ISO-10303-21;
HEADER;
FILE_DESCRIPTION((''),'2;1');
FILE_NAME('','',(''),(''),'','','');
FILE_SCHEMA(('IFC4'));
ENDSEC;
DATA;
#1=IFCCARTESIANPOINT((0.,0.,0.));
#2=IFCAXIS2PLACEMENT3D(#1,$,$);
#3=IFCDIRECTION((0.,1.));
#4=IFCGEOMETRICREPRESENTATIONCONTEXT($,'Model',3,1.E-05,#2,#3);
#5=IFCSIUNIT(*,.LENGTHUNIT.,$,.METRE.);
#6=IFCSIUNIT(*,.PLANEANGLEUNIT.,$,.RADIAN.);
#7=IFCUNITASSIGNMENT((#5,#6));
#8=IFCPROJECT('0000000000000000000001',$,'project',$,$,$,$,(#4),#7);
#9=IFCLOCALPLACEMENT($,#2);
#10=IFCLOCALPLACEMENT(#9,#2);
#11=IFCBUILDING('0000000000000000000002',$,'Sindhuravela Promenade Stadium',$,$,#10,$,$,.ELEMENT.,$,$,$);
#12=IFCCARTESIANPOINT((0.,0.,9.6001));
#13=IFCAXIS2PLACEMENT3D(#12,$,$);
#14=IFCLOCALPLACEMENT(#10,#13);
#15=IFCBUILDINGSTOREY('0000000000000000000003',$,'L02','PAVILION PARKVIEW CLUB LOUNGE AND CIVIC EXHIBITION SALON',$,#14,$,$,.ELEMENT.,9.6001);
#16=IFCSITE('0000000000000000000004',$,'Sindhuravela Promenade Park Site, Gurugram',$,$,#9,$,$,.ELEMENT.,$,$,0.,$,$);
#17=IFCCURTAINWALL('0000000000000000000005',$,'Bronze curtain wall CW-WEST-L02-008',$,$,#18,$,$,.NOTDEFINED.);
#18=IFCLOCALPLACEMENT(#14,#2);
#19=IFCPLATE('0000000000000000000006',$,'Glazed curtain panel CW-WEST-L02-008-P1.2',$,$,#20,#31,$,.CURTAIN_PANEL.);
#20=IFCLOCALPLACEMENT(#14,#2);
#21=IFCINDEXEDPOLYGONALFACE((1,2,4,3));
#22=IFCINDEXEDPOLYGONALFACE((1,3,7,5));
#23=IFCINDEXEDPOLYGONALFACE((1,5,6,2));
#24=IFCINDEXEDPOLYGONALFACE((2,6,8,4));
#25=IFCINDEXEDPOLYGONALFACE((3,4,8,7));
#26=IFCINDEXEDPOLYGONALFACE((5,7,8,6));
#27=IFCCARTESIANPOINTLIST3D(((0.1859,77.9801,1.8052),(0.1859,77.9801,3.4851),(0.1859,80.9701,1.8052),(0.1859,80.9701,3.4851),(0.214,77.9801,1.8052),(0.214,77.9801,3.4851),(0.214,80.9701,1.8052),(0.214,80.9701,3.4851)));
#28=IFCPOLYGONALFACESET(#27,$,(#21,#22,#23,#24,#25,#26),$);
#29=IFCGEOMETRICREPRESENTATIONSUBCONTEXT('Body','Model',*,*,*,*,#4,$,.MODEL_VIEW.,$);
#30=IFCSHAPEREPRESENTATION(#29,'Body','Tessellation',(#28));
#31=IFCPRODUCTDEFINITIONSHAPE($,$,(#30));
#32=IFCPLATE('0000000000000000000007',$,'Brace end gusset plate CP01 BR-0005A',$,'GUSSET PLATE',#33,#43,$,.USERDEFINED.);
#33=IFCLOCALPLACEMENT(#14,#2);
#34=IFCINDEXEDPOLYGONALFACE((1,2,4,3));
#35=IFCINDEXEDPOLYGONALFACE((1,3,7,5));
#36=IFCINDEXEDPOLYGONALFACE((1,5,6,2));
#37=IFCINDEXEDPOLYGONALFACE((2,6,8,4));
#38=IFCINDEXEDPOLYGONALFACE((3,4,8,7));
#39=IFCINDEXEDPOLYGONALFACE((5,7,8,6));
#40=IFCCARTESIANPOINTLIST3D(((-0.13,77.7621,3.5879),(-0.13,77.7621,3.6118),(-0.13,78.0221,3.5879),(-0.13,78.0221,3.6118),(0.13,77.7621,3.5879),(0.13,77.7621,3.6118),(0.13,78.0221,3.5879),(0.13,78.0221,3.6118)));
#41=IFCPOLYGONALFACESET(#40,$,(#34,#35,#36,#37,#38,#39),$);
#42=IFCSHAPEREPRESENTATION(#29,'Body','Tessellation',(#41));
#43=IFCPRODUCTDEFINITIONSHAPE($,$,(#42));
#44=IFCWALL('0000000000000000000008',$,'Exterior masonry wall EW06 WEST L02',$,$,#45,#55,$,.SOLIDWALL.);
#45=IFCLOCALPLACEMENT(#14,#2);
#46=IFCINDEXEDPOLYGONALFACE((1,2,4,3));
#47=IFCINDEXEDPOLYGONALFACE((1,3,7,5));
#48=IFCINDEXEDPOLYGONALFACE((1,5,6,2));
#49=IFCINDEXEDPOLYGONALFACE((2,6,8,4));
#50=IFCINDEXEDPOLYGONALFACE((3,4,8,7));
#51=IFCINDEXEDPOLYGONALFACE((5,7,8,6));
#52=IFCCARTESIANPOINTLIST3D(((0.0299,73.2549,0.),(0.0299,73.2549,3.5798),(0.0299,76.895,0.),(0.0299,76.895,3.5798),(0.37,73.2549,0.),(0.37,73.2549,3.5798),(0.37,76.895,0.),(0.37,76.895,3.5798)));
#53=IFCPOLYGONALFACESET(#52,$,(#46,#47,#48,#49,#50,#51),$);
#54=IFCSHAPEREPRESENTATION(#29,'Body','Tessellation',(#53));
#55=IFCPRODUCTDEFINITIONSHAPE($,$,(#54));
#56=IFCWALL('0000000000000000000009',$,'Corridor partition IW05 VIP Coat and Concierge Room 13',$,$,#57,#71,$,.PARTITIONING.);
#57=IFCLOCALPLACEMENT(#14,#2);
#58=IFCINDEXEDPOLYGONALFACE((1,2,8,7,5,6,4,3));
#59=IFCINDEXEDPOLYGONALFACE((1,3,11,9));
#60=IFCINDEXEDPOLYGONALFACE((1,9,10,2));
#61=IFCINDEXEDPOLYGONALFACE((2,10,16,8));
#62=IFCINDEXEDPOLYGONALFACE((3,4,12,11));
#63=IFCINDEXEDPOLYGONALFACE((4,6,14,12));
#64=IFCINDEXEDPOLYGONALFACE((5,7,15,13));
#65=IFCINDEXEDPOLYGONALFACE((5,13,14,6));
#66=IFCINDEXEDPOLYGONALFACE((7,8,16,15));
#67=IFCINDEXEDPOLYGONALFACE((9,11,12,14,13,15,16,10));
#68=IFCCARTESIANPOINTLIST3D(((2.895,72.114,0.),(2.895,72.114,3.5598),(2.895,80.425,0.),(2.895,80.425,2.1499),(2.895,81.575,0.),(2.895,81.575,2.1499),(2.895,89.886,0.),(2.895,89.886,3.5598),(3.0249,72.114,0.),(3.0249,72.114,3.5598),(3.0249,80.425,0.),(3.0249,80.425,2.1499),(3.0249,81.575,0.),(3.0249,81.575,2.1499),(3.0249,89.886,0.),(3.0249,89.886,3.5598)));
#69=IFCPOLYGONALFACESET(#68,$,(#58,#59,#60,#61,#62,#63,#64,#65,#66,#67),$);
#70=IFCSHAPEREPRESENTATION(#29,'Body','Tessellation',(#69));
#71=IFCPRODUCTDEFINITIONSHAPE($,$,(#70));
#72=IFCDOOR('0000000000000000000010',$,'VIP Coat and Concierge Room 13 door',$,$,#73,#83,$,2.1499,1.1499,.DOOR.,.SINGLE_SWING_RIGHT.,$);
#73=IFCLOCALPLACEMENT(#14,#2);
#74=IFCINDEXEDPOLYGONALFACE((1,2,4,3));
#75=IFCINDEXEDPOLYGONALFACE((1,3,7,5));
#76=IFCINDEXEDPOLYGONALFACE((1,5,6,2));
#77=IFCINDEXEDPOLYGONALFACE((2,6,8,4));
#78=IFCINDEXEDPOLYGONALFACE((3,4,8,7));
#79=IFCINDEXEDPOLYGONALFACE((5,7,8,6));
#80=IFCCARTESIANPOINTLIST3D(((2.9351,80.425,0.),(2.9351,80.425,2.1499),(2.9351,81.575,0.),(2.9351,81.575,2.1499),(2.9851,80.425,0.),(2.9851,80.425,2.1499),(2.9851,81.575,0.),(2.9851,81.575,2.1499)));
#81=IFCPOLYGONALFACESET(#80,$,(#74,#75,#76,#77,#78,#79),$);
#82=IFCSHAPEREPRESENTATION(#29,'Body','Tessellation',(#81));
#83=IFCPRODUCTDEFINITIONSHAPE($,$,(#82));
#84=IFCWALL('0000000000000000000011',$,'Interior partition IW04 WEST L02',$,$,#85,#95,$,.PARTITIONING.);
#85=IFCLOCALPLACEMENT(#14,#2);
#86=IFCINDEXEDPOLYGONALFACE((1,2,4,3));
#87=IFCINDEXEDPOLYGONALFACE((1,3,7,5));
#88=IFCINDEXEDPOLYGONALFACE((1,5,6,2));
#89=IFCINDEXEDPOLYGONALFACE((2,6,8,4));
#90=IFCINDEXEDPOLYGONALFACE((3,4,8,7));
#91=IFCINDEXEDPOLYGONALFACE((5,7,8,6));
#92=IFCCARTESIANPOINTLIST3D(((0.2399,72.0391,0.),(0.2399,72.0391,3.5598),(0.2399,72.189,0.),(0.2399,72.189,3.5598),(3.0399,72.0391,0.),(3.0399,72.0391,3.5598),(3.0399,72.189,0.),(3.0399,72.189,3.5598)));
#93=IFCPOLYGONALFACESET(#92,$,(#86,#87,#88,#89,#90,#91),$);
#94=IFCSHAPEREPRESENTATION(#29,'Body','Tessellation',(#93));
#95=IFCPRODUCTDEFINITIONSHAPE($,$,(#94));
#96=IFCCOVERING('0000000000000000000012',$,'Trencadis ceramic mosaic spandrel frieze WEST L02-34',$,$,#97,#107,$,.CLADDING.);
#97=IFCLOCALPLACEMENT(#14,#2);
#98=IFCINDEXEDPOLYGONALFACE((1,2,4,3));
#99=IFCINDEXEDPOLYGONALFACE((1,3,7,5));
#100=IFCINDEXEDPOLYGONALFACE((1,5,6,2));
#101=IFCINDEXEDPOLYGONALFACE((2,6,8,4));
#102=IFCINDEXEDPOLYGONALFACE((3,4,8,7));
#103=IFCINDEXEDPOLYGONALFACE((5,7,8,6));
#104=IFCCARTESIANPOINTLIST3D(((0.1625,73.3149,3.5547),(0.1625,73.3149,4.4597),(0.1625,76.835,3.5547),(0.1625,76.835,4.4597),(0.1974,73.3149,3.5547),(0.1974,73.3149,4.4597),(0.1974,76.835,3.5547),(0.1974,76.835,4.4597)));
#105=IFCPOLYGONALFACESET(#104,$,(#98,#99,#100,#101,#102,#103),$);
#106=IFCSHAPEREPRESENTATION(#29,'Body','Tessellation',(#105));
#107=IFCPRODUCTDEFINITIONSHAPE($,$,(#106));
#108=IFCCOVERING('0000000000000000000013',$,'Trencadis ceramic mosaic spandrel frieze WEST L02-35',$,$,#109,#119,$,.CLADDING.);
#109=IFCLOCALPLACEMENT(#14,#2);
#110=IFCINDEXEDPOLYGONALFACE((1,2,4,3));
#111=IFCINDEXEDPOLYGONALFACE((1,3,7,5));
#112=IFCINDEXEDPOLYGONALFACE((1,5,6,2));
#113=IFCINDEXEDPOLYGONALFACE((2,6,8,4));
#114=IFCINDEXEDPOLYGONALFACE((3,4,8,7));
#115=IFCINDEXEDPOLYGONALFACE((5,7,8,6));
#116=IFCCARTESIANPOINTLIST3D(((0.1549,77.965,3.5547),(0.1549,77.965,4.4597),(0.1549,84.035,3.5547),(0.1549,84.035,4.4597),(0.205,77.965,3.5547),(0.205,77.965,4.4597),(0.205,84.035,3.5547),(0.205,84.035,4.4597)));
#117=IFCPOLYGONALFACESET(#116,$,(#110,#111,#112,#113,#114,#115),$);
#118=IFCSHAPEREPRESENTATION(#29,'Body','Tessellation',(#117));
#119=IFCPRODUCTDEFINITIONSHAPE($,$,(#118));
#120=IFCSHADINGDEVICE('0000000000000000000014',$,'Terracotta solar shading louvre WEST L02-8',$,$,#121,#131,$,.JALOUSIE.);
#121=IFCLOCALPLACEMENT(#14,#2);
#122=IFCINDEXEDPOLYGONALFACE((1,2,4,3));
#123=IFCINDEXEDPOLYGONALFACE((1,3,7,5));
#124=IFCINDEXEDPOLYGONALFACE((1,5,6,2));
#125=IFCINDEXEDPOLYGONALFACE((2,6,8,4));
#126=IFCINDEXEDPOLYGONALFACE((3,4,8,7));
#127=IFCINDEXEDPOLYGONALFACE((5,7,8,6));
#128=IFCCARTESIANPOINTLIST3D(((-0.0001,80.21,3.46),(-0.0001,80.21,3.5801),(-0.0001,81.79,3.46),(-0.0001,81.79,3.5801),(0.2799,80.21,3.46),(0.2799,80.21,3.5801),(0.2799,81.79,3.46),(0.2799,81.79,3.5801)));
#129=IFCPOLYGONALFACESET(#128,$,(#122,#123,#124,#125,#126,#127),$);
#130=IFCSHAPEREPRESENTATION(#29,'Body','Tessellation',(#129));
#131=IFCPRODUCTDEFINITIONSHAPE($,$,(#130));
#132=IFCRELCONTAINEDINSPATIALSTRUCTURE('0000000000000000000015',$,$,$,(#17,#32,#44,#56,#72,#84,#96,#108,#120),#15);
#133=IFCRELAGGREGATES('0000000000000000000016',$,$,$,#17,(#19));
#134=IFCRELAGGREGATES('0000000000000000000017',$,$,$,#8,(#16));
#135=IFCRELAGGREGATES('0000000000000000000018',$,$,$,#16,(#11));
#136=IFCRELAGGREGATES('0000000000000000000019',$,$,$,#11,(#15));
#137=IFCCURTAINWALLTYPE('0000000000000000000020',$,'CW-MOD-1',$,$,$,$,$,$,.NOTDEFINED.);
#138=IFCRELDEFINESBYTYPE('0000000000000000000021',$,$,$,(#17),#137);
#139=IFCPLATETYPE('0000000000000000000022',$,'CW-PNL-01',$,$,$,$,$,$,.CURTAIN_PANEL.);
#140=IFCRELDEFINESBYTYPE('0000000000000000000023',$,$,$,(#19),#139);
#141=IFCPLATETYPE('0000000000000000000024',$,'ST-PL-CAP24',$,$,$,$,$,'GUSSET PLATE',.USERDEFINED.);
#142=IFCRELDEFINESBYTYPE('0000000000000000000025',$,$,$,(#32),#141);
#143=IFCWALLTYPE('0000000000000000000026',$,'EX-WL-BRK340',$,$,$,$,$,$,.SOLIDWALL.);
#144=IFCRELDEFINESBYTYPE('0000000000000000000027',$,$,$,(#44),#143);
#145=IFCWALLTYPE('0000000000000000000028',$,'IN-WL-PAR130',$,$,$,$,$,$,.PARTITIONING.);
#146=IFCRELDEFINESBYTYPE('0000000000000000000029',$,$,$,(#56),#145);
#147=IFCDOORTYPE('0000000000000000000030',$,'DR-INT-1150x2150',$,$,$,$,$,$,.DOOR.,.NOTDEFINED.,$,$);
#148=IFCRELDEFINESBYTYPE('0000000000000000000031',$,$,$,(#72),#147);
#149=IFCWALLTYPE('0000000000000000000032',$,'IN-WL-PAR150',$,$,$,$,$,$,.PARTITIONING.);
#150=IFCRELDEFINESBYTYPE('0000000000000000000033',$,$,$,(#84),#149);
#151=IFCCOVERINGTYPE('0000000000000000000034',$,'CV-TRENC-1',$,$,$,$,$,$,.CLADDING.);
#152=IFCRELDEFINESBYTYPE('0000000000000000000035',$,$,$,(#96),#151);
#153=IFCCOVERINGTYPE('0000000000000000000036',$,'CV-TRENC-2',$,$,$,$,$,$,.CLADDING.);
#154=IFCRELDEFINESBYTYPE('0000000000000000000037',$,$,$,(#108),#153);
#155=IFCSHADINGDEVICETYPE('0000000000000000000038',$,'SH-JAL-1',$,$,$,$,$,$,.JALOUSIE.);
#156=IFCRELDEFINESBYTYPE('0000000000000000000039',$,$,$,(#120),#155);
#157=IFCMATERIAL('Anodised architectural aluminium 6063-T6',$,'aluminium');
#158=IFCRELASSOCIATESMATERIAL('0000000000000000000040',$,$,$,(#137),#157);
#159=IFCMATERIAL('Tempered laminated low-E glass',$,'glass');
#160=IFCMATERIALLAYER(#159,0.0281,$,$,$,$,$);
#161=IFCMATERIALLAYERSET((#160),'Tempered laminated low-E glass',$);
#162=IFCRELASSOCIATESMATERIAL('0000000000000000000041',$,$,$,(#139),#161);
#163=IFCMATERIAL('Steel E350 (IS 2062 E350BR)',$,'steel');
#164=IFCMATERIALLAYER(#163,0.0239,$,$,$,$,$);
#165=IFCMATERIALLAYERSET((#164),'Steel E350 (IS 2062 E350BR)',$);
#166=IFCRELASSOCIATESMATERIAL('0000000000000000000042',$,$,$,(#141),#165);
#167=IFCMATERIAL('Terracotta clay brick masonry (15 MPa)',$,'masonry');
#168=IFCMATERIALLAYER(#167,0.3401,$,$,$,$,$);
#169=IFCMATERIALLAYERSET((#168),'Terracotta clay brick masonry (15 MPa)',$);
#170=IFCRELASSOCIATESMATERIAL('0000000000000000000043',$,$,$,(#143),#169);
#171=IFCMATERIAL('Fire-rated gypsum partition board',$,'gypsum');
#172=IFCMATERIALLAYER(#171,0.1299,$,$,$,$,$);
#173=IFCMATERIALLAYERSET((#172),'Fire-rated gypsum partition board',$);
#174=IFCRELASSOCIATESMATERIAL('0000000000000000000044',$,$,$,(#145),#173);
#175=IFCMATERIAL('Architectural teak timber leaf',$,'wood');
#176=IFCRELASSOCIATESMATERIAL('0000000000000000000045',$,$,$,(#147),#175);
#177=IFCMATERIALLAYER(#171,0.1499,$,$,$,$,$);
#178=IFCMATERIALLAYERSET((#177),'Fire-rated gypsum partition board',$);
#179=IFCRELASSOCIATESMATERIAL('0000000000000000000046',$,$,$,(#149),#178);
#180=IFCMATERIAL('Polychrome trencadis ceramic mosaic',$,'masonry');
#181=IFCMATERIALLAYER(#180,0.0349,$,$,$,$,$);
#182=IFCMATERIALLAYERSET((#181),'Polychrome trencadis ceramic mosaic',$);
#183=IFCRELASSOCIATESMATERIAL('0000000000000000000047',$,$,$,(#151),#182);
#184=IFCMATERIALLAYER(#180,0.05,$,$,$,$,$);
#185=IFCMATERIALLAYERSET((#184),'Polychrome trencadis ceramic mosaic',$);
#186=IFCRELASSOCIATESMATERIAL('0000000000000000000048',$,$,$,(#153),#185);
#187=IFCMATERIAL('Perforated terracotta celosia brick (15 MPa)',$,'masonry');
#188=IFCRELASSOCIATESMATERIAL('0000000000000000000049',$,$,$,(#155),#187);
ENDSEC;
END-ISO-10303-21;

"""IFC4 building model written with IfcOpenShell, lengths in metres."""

from ifc_helpers import new_model, si_unit, direction, frame, frame_2d, origin, origin_2d, place, context, subcontext, project, spatial, rectangle, extrude, material, layer, layer_set, type_object, element, fill, aggregate, save


model = new_model("IFC4")

# Units and contexts
model_context = context("Model", 3, precision=1e-05, world=origin(), true_north=direction((0.0, 1.0)))
body_context = subcontext(model_context, "Body", "Model", "MODEL_VIEW")
ifc_project = project(units=[si_unit("LENGTHUNIT", "METRE"), si_unit("PLANEANGLEUNIT", "RADIAN")], contexts=[model_context])

# Site, building, storey
site_placement = place(None, origin())
site = spatial("IfcSite", under=ifc_project, at=site_placement, Name="Sindhuravela Promenade Park Site, Gurugram", CompositionType="ELEMENT", RefElevation=0.0)
building_placement = place(site_placement, origin())
building = spatial("IfcBuilding", under=site, at=building_placement, Name="Sindhuravela Promenade Stadium", CompositionType="ELEMENT")
storey_placement = place(building_placement, frame((0.0, 0.0, 9.6001)))
storey = spatial("IfcBuildingStorey", under=building, at=storey_placement, Name="L02", Description="PAVILION PARKVIEW CLUB LOUNGE AND CIVIC EXHIBITION SALON", CompositionType="ELEMENT", Elevation=9.6001)

# Curtain wall
ifc_material_1 = material(Name="Anodised architectural aluminium 6063-T6", Category="aluminium")
curtain_wall_type = type_object("IfcCurtainWallType", Name="CW-MOD-1", PredefinedType="NOTDEFINED", material=ifc_material_1)
curtain_wall_placement = place(storey_placement, origin())
curtain_wall = element("IfcCurtainWall", 1, at=curtain_wall_placement, inside=storey, type_object=curtain_wall_type, Name="Bronze curtain wall CW-WEST-L02-008", PredefinedType="NOTDEFINED")

# Shared definitions
ifc_material_2 = material(Name="Steel E350 (IS 2062 E350BR)", Category="steel")

# Shared definitions
ifc_material_3 = material(Name="Perforated terracotta celosia brick (15 MPa)", Category="masonry")

# Plates
ifc_material_4 = material(Name="Tempered laminated low-E glass", Category="glass")
ifc_layer_1 = layer(ifc_material_4, 0.0281)
ifc_layer_set_1 = layer_set([ifc_layer_1], Name="Tempered laminated low-E glass")
plate_type_1 = type_object("IfcPlateType", Name="CW-PNL-01", PredefinedType="CURTAIN_PANEL", material=ifc_layer_set_1)
plate_1_placement = place(storey_placement, frame((0.2, 79.4751, 1.8052), z_axis=(0.0, 0.0, 1.0), x_axis=(0.0, 1.0, 0.0)))
plate_1 = element("IfcPlate", 2, at=plate_1_placement, type_object=plate_type_1, Name="Glazed curtain panel CW-WEST-L02-008-P1.2", PredefinedType="CURTAIN_PANEL", context=body_context, shape_type="SweptSolid", body=[
    extrude(rectangle(XDim=2.99, YDim=0.0281, at=origin_2d()), origin(), (0.0, 0.0, 1.0), 1.6799),
])
aggregate(curtain_wall, [plate_1])
ifc_layer_2 = layer(ifc_material_2, 0.0239)
ifc_layer_set_2 = layer_set([ifc_layer_2], Name="Steel E350 (IS 2062 E350BR)")
plate_type_2 = type_object("IfcPlateType", Name="ST-PL-CAP24", ElementType="GUSSET PLATE", PredefinedType="USERDEFINED", material=ifc_layer_set_2)
plate_2_placement = place(storey_placement, frame((0.0, 77.8921, 3.5879), z_axis=(0.0, 0.0, 1.0), x_axis=(1.0, 0.0, 0.0)))
element("IfcPlate", 3, at=plate_2_placement, inside=storey, type_object=plate_type_2, Name="Brace end gusset plate CP01 BR-0005A", ObjectType="GUSSET PLATE", PredefinedType="USERDEFINED", context=body_context, shape_type="SweptSolid", body=[
    extrude(rectangle(XDim=0.26, YDim=0.26, at=origin_2d()), origin(), (0.0, 0.0, 1.0), 0.0239),
])

# Wall
ifc_material_5 = material(Name="Terracotta clay brick masonry (15 MPa)", Category="masonry")
ifc_layer_3 = layer(ifc_material_5, 0.3401)
ifc_layer_set_3 = layer_set([ifc_layer_3], Name="Terracotta clay brick masonry (15 MPa)")
wall_type_1 = type_object("IfcWallType", Name="EX-WL-BRK340", PredefinedType="SOLIDWALL", material=ifc_layer_set_3)
wall_1_placement = place(storey_placement, frame((0.2, 73.2549, 0.0), z_axis=(0.0, 0.0, 1.0), x_axis=(0.0, 1.0, 0.0)))
element("IfcWall", 4, at=wall_1_placement, inside=storey, type_object=wall_type_1, Name="Exterior masonry wall EW06 WEST L02", PredefinedType="SOLIDWALL", context=body_context, shape_type="SweptSolid", body=[
    extrude(rectangle(XDim=3.6401, YDim=0.3401, at=frame_2d((1.8201, 0.0))), origin(), (0.0, 0.0, 1.0), 3.5798),
])

# Wall, opening, door
ifc_material_6 = material(Name="Fire-rated gypsum partition board", Category="gypsum")
ifc_layer_4 = layer(ifc_material_6, 0.1299)
ifc_layer_set_4 = layer_set([ifc_layer_4], Name="Fire-rated gypsum partition board")
wall_type_2 = type_object("IfcWallType", Name="IN-WL-PAR130", PredefinedType="PARTITIONING", material=ifc_layer_set_4)
wall_2_placement = place(storey_placement, frame((2.96, 72.114, 0.0), z_axis=(0.0, 0.0, 1.0), x_axis=(0.0, 1.0, 0.0)))
wall_2 = element("IfcWall", 5, at=wall_2_placement, inside=storey, type_object=wall_type_2, Name="Corridor partition IW05 VIP Coat and Concierge Room 13", PredefinedType="PARTITIONING", context=body_context, shape_type="SweptSolid", body=[
    extrude(rectangle(XDim=17.772, YDim=0.1299, at=frame_2d((8.886, 0.0))), origin(), (0.0, 0.0, 1.0), 3.5598),
])
opening_placement = place(wall_2_placement, frame((8.311, 0.0, 0.0)))
opening = element("IfcOpeningElement", 6, at=opening_placement, cuts=wall_2, PredefinedType="OPENING", context=body_context, shape_type="SweptSolid", body=[
    extrude(rectangle(XDim=1.1499, YDim=2.1499, at=frame_2d((0.575, 1.075))), frame((0.0, 0.075, 0.0), z_axis=(0.0, -1.0, 0.0), x_axis=(1.0, 0.0, 0.0)), (0.0, 0.0, 1.0), 0.1499),
])
ifc_material_7 = material(Name="Architectural teak timber leaf", Category="wood")
door_type = type_object("IfcDoorType", Name="DR-INT-1150x2150", OperationType="NOTDEFINED", PredefinedType="DOOR", material=ifc_material_7)
door_placement = place(opening_placement, origin())
door = element("IfcDoor", 7, at=door_placement, inside=storey, type_object=door_type, Name="VIP Coat and Concierge Room 13 door", OperationType="SINGLE_SWING_RIGHT", OverallHeight=2.1499, OverallWidth=1.1499, PredefinedType="DOOR", context=body_context, shape_type="SweptSolid", body=[
    extrude(rectangle(XDim=1.1499, YDim=2.1499, at=frame_2d((0.575, 1.075))), frame((0.0, 0.0249, 0.0), z_axis=(0.0, -1.0, 0.0), x_axis=(1.0, 0.0, 0.0)), (0.0, 0.0, 1.0), 0.05),
])
fill(opening, door)

# Wall
ifc_layer_5 = layer(ifc_material_6, 0.1499)
ifc_layer_set_5 = layer_set([ifc_layer_5], Name="Fire-rated gypsum partition board")
wall_type_3 = type_object("IfcWallType", Name="IN-WL-PAR150", PredefinedType="PARTITIONING", material=ifc_layer_set_5)
wall_3_placement = place(storey_placement, frame((0.24, 72.114, 0.0), z_axis=(0.0, 0.0, 1.0), x_axis=(1.0, 0.0, 0.0)))
element("IfcWall", 8, at=wall_3_placement, inside=storey, type_object=wall_type_3, Name="Interior partition IW04 WEST L02", PredefinedType="PARTITIONING", context=body_context, shape_type="SweptSolid", body=[
    extrude(rectangle(XDim=2.8, YDim=0.1499, at=frame_2d((1.3999, 0.0))), origin(), (0.0, 0.0, 1.0), 3.5598),
])

# Coverings
ifc_material_8 = material(Name="Polychrome trencadis ceramic mosaic", Category="masonry")
ifc_layer_6 = layer(ifc_material_8, 0.0349)
ifc_layer_set_6 = layer_set([ifc_layer_6], Name="Polychrome trencadis ceramic mosaic")
covering_type_1 = type_object("IfcCoveringType", Name="CV-TRENC-1", PredefinedType="CLADDING", material=ifc_layer_set_6)
covering_1_placement = place(storey_placement, frame((0.1799, 75.075, 3.5547), z_axis=(0.0, 0.0, 1.0), x_axis=(0.0, 1.0, 0.0)))
element("IfcCovering", 9, at=covering_1_placement, inside=storey, type_object=covering_type_1, Name="Trencadis ceramic mosaic spandrel frieze WEST L02-34", PredefinedType="CLADDING", context=body_context, shape_type="SweptSolid", body=[
    extrude(rectangle(XDim=3.52, YDim=0.0349, at=origin_2d()), origin(), (0.0, 0.0, 1.0), 0.905),
])
ifc_layer_7 = layer(ifc_material_8, 0.05)
ifc_layer_set_7 = layer_set([ifc_layer_7], Name="Polychrome trencadis ceramic mosaic")
covering_type_2 = type_object("IfcCoveringType", Name="CV-TRENC-2", PredefinedType="CLADDING", material=ifc_layer_set_7)
covering_2_placement = place(storey_placement, frame((0.1799, 81.0, 3.5547), z_axis=(0.0, 0.0, 1.0), x_axis=(0.0, 1.0, 0.0)))
element("IfcCovering", 10, at=covering_2_placement, inside=storey, type_object=covering_type_2, Name="Trencadis ceramic mosaic spandrel frieze WEST L02-35", PredefinedType="CLADDING", context=body_context, shape_type="SweptSolid", body=[
    extrude(rectangle(XDim=6.0701, YDim=0.05, at=origin_2d()), origin(), (0.0, 0.0, 1.0), 0.905),
])

# Shading device
shading_device_type = type_object("IfcShadingDeviceType", Name="SH-JAL-1", PredefinedType="JALOUSIE", material=ifc_material_3)
shading_device_placement = place(storey_placement, frame((0.1399, 81.0, 3.46), z_axis=(0.0, 0.0, 1.0), x_axis=(0.0, 1.0, 0.0)))
element("IfcShadingDevice", 11, at=shading_device_placement, inside=storey, type_object=shading_device_type, Name="Terracotta solar shading louvre WEST L02-8", PredefinedType="JALOUSIE", context=body_context, shape_type="SweptSolid", body=[
    extrude(rectangle(XDim=1.5801, YDim=0.28, at=origin_2d()), origin(), (0.0, 0.0, 1.0), 0.1201),
])

save(model, "model.ifc")
